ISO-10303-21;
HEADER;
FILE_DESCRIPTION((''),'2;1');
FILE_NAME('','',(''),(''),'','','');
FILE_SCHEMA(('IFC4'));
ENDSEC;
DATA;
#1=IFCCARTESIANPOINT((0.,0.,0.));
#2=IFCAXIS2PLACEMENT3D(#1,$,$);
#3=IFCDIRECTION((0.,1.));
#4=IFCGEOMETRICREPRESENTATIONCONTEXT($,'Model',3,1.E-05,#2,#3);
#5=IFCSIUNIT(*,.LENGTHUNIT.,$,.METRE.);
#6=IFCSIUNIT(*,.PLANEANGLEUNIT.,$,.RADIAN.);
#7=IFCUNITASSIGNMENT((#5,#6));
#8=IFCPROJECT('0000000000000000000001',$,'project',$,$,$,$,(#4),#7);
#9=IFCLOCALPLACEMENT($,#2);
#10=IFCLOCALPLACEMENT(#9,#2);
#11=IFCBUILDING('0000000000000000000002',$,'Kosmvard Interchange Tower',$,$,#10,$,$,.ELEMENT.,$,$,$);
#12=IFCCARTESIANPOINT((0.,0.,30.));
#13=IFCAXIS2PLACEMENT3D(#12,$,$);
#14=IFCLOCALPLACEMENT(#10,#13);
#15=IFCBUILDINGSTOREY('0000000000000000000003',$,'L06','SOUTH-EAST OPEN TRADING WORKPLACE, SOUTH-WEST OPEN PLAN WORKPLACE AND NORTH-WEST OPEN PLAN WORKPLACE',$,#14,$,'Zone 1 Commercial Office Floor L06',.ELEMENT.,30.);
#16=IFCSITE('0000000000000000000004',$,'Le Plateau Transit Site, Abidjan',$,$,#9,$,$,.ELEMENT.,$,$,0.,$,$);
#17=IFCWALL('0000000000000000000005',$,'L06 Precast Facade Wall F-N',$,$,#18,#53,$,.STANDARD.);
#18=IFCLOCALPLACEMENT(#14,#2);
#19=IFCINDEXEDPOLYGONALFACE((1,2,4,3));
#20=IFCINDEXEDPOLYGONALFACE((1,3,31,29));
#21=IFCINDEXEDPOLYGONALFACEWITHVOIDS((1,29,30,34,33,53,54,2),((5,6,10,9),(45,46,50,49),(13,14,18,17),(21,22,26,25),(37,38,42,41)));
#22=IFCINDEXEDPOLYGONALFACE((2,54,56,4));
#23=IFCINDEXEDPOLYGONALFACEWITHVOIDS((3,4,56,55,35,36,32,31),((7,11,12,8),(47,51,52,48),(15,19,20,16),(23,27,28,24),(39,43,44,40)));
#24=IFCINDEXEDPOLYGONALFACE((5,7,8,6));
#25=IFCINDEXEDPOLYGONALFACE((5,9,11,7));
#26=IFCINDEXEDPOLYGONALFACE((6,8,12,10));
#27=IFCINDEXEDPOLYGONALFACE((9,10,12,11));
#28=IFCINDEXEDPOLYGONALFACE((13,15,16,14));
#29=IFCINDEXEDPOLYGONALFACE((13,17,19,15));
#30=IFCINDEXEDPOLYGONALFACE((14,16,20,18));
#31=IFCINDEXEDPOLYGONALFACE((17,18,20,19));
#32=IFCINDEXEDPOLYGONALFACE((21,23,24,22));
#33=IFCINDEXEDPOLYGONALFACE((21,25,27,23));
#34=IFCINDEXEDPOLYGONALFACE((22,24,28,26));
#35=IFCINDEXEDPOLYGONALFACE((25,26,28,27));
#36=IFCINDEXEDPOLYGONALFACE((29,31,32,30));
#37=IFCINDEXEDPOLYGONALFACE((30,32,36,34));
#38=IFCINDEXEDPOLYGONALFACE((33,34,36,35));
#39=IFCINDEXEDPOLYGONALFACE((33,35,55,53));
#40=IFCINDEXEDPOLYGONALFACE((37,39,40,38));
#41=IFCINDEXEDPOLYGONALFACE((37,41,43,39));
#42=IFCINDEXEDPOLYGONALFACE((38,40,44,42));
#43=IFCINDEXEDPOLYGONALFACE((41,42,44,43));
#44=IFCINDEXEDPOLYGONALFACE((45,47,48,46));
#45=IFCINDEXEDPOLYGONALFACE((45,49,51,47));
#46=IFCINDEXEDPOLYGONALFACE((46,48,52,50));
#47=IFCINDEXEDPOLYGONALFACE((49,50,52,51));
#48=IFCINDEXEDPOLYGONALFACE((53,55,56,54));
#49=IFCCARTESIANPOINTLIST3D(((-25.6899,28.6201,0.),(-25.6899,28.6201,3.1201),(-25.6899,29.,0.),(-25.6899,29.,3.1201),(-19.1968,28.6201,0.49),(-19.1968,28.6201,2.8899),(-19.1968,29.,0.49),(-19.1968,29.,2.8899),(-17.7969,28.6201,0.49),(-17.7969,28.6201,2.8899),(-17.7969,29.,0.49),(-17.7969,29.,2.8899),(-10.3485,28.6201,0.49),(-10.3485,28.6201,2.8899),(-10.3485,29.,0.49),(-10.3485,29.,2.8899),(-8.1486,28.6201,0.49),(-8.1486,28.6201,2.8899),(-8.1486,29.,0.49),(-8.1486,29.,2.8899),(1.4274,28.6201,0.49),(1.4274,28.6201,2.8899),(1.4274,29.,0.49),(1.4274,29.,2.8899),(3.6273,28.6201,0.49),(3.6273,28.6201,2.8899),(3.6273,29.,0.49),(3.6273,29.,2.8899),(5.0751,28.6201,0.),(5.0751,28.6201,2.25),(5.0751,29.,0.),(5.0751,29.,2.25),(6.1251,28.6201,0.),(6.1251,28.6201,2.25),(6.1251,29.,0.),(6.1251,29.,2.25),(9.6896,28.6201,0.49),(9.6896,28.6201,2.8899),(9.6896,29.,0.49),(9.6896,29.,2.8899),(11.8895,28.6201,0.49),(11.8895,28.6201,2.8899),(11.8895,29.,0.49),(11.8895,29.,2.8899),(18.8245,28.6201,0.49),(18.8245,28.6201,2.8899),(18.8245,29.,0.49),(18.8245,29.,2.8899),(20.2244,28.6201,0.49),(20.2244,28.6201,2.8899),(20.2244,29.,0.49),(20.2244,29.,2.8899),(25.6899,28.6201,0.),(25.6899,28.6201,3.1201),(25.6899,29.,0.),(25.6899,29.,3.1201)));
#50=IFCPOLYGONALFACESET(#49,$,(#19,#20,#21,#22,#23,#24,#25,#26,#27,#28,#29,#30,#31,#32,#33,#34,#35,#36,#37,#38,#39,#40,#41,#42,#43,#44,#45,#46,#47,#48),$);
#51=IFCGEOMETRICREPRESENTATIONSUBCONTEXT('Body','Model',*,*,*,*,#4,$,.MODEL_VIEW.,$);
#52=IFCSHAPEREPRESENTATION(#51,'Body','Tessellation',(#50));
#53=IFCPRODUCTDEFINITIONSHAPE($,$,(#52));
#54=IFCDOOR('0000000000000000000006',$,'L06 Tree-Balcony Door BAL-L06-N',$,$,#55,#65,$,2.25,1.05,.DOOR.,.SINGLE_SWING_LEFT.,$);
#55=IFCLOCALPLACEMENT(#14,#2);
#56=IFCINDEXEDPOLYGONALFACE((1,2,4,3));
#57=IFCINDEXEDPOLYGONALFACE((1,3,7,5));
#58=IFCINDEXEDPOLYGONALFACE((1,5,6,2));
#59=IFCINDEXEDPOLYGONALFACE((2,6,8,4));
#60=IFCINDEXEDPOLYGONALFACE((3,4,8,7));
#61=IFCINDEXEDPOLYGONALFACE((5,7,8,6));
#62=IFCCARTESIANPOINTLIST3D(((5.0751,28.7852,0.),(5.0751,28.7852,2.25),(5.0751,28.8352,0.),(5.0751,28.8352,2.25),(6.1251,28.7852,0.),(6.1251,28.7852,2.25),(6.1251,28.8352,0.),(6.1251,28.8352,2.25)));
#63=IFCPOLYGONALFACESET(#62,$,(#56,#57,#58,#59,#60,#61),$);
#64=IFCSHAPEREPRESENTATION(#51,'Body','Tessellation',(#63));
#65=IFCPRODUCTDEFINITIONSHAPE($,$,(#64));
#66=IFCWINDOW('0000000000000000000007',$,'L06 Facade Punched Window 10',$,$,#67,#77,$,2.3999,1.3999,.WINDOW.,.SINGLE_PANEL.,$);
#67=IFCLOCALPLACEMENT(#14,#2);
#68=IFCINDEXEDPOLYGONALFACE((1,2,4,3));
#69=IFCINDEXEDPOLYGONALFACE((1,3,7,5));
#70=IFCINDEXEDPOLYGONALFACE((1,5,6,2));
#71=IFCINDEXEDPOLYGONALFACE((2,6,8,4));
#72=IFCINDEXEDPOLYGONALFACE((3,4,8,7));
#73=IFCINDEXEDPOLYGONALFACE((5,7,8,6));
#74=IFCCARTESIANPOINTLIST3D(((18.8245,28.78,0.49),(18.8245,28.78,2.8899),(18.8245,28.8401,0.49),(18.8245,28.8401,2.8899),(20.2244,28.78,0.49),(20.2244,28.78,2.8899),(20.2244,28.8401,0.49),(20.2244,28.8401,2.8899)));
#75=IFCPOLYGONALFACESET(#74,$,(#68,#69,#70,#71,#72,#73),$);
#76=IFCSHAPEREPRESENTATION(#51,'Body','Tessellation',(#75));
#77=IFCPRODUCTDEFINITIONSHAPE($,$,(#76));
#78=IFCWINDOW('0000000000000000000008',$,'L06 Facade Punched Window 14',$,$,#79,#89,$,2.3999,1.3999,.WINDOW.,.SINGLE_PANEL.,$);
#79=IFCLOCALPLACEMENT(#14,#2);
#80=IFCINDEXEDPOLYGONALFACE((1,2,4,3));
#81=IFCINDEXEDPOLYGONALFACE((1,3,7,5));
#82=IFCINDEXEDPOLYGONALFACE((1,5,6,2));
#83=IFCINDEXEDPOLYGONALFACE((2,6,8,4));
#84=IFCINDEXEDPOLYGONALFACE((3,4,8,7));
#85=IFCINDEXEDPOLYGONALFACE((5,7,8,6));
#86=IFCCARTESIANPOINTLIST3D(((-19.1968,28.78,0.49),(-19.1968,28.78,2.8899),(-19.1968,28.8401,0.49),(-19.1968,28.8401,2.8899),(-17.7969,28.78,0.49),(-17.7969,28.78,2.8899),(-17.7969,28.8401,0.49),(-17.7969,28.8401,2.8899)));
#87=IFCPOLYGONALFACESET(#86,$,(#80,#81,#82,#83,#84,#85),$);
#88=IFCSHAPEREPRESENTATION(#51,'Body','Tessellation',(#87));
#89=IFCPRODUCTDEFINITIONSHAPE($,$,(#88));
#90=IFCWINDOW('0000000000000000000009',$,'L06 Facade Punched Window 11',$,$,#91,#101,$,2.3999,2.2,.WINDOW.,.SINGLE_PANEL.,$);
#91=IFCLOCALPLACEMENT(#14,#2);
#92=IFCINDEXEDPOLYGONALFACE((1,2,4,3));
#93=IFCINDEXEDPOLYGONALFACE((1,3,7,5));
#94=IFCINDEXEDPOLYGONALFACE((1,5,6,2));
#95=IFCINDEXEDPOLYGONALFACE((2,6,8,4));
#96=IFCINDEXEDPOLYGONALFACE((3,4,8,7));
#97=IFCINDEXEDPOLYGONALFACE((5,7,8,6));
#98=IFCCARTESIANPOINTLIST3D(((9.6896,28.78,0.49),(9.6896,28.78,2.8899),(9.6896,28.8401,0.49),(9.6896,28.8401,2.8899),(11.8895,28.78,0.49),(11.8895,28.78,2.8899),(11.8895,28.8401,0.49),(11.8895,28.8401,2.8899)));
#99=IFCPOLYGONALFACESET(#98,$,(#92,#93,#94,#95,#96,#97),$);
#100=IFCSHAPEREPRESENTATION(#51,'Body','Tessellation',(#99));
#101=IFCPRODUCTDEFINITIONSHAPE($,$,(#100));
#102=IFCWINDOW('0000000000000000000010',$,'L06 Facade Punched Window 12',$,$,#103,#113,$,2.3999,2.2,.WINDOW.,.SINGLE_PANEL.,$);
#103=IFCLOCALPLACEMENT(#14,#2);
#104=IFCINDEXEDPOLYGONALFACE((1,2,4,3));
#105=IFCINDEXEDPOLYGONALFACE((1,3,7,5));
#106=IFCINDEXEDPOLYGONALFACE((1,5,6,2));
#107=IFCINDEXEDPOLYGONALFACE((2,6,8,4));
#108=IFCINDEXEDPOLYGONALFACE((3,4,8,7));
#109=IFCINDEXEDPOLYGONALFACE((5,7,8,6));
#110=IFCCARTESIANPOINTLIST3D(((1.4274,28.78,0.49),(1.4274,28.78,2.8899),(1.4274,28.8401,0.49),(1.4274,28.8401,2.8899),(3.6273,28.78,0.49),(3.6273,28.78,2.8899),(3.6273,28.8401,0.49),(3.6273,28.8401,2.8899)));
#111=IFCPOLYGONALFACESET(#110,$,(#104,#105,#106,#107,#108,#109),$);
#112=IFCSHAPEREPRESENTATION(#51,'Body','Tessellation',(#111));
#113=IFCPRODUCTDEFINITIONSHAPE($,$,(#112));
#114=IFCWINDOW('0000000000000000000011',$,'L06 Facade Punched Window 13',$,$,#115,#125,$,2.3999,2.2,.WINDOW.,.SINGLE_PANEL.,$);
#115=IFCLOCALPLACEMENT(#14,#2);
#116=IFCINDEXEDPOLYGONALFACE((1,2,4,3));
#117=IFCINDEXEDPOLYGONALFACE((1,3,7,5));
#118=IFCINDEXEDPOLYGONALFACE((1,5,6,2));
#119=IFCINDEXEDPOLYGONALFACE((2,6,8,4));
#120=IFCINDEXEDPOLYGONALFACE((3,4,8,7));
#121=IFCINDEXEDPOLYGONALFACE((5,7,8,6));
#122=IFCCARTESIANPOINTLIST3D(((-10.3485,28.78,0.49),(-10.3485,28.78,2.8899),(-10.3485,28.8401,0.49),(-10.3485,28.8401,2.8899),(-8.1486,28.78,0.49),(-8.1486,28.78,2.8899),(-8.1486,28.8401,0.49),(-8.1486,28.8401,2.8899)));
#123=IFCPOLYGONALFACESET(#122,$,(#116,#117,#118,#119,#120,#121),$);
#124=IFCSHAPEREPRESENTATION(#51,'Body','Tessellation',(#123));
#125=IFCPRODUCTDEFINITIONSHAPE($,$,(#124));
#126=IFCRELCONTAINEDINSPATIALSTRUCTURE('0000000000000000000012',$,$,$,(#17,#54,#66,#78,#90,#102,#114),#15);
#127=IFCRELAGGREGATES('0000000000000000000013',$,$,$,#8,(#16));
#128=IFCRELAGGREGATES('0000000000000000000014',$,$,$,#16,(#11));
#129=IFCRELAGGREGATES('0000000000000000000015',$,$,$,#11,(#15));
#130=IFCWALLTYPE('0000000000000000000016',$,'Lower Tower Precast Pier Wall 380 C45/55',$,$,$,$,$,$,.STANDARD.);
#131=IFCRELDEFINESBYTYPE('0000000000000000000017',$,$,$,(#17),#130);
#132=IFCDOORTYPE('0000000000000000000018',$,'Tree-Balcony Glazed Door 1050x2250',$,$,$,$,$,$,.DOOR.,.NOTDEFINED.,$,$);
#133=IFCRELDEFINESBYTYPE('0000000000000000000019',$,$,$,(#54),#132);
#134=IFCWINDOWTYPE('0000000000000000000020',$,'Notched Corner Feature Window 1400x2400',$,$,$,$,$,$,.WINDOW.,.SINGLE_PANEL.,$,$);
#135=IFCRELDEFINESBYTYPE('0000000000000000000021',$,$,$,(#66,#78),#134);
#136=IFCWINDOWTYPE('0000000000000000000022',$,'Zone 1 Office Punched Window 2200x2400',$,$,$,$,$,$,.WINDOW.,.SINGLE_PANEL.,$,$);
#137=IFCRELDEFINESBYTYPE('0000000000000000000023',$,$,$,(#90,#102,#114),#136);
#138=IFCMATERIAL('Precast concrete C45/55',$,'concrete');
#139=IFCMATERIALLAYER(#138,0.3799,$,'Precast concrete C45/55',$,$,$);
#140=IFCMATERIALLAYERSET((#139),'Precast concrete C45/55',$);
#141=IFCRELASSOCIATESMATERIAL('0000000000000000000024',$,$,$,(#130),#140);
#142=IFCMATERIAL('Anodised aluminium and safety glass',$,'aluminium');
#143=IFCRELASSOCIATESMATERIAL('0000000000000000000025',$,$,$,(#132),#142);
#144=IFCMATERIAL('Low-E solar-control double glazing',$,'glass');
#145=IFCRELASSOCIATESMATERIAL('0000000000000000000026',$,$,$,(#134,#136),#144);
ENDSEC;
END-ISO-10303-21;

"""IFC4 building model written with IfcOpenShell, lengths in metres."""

from ifc_helpers import new_model, si_unit, direction, frame, frame_2d, origin, place, context, subcontext, project, spatial, rectangle, extrude, source, transform, mapped, material, layer, layer_set, type_object, element, fill, save


model = new_model("IFC4")

# Units and contexts
model_context = context("Model", 3, precision=1e-05, world=origin(), true_north=direction((0.0, 1.0)))
body_context = subcontext(model_context, "Body", "Model", "MODEL_VIEW")
ifc_project = project(units=[si_unit("LENGTHUNIT", "METRE"), si_unit("PLANEANGLEUNIT", "RADIAN")], contexts=[model_context])

# Site, building, storey
site_placement = place(None, origin())
site = spatial("IfcSite", under=ifc_project, at=site_placement, Name="Le Plateau Transit Site, Abidjan", CompositionType="ELEMENT", RefElevation=0.0)
building_placement = place(site_placement, origin())
building = spatial("IfcBuilding", under=site, at=building_placement, Name="Kosmvard Interchange Tower", CompositionType="ELEMENT")
storey_placement = place(building_placement, frame((0.0, 0.0, 30.0)))
storey = spatial("IfcBuildingStorey", under=building, at=storey_placement, Name="L06", Description="SOUTH-EAST OPEN TRADING WORKPLACE, SOUTH-WEST OPEN PLAN WORKPLACE AND NORTH-WEST OPEN PLAN WORKPLACE", LongName="Zone 1 Commercial Office Floor L06", CompositionType="ELEMENT", Elevation=30.0)

# Shared definitions
ifc_material_1 = material(Name="Precast concrete C45/55", Category="concrete")

# Shared definitions
ifc_layer_1 = layer(ifc_material_1, 0.3799, Name="Precast concrete C45/55")
ifc_layer_set_1 = layer_set([ifc_layer_1], Name="Precast concrete C45/55")
wall_type = type_object("IfcWallType", Name="Lower Tower Precast Pier Wall 380 C45/55", PredefinedType="STANDARD", material=ifc_layer_set_1)

# Wall, openings, door, windows
wall_1_placement = place(storey_placement, frame((25.6899, 28.8101, 0.0), z_axis=(0.0, 0.0, 1.0), x_axis=(-1.0, 0.0, 0.0)))
wall_1 = element("IfcWall", 1, at=wall_1_placement, inside=storey, type_object=wall_type, Name="L06 Precast Facade Wall F-N", PredefinedType="STANDARD", context=body_context, shape_type="SweptSolid", body=[
    extrude(rectangle(XDim=51.3799, YDim=0.3799, at=frame_2d((25.6899, 0.0))), origin(), (0.0, 0.0, 1.0), 3.1201),
])
opening_1_placement = place(wall_1_placement, frame((19.5649, 0.0, 0.0)))
opening_1 = element("IfcOpeningElement", 2, at=opening_1_placement, cuts=wall_1, PredefinedType="OPENING", context=body_context, shape_type="SweptSolid", body=[
    extrude(rectangle(XDim=1.05, YDim=2.25, at=frame_2d((0.5249, 1.125))), frame((0.0, 0.2, 0.0), z_axis=(0.0, -1.0, 0.0), x_axis=(1.0, 0.0, 0.0)), (0.0, 0.0, 1.0), 0.3999),
])
opening_2_placement = place(wall_1_placement, frame((5.4656, 0.0, 0.49)))
opening_2 = element("IfcOpeningElement", 3, at=opening_2_placement, cuts=wall_1, PredefinedType="OPENING", context=body_context, shape_type="SweptSolid", body=[
    extrude(rectangle(XDim=1.3999, YDim=2.3999, at=frame_2d((0.7, 1.2))), frame((0.0, 0.2, 0.0), z_axis=(0.0, -1.0, 0.0), x_axis=(1.0, 0.0, 0.0)), (0.0, 0.0, 1.0), 0.3999),
])
opening_3_placement = place(wall_1_placement, frame((13.8003, 0.0, 0.49)))
opening_3 = element("IfcOpeningElement", 4, at=opening_3_placement, cuts=wall_1, PredefinedType="OPENING", context=body_context, shape_type="SweptSolid", body=[
    extrude(rectangle(XDim=2.2, YDim=2.3999, at=frame_2d((1.1001, 1.2))), frame((0.0, 0.2, 0.0), z_axis=(0.0, -1.0, 0.0), x_axis=(1.0, 0.0, 0.0)), (0.0, 0.0, 1.0), 0.3999),
])
opening_4_placement = place(wall_1_placement, frame((22.0625, 0.0, 0.49)))
opening_4 = element("IfcOpeningElement", 5, at=opening_4_placement, cuts=wall_1, PredefinedType="OPENING", context=body_context, shape_type="SweptSolid", body=[
    extrude(rectangle(XDim=2.2, YDim=2.3999, at=frame_2d((1.1001, 1.2))), frame((0.0, 0.2, 0.0), z_axis=(0.0, -1.0, 0.0), x_axis=(1.0, 0.0, 0.0)), (0.0, 0.0, 1.0), 0.3999),
])
opening_5_placement = place(wall_1_placement, frame((33.8384, 0.0, 0.49)))
opening_5 = element("IfcOpeningElement", 6, at=opening_5_placement, cuts=wall_1, PredefinedType="OPENING", context=body_context, shape_type="SweptSolid", body=[
    extrude(rectangle(XDim=2.2, YDim=2.3999, at=frame_2d((1.1001, 1.2))), frame((0.0, 0.2, 0.0), z_axis=(0.0, -1.0, 0.0), x_axis=(1.0, 0.0, 0.0)), (0.0, 0.0, 1.0), 0.3999),
])
opening_6_placement = place(wall_1_placement, frame((43.4868, 0.0, 0.49)))
opening_6 = element("IfcOpeningElement", 7, at=opening_6_placement, cuts=wall_1, PredefinedType="OPENING", context=body_context, shape_type="SweptSolid", body=[
    extrude(rectangle(XDim=1.3999, YDim=2.3999, at=frame_2d((0.7, 1.2))), frame((0.0, 0.2, 0.0), z_axis=(0.0, -1.0, 0.0), x_axis=(1.0, 0.0, 0.0)), (0.0, 0.0, 1.0), 0.3999),
])
ifc_material_2 = material(Name="Anodised aluminium and safety glass", Category="aluminium")
door_type = type_object("IfcDoorType", Name="Tree-Balcony Glazed Door 1050x2250", OperationType="NOTDEFINED", PredefinedType="DOOR", material=ifc_material_2)
shared_shape_1 = source(origin(), body_context, "Body", "SweptSolid", [
    extrude(rectangle(XDim=1.05, YDim=2.25, at=frame_2d((0.5249, 1.125))), frame((0.0, 0.0249, 0.0), z_axis=(0.0, -1.0, 0.0), x_axis=(1.0, 0.0, 0.0)), (0.0, 0.0, 1.0), 0.05),
])
door_placement = place(opening_1_placement, origin())
door = element("IfcDoor", 8, at=door_placement, inside=storey, type_object=door_type, Name="L06 Tree-Balcony Door BAL-L06-N", OperationType="SINGLE_SWING_LEFT", OverallHeight=2.25, OverallWidth=1.05, PredefinedType="DOOR", context=body_context, shape_type="MappedRepresentation", body=[
    mapped(shared_shape_1, transform((0.0, 0.0, 0.0), scale=1.0)),
])
fill(opening_1, door)
ifc_material_3 = material(Name="Low-E solar-control double glazing", Category="glass")
window_type_1 = type_object("IfcWindowType", Name="Notched Corner Feature Window 1400x2400", PartitioningType="SINGLE_PANEL", PredefinedType="WINDOW", material=ifc_material_3)
shared_shape_2 = source(origin(), body_context, "Body", "SweptSolid", [
    extrude(rectangle(XDim=1.3999, YDim=2.3999, at=frame_2d((0.7, 1.2))), frame((0.0, 0.03, 0.0), z_axis=(0.0, -1.0, 0.0), x_axis=(1.0, 0.0, 0.0)), (0.0, 0.0, 1.0), 0.0601),
])
window_1_placement = place(opening_2_placement, origin())
window_1 = element("IfcWindow", 9, at=window_1_placement, inside=storey, type_object=window_type_1, Name="L06 Facade Punched Window 10", OverallHeight=2.3999, OverallWidth=1.3999, PartitioningType="SINGLE_PANEL", PredefinedType="WINDOW", context=body_context, shape_type="MappedRepresentation", body=[
    mapped(shared_shape_2, transform((0.0, 0.0, 0.0), scale=1.0)),
])
fill(opening_2, window_1)
window_2_placement = place(opening_6_placement, origin())
window_2 = element("IfcWindow", 10, at=window_2_placement, inside=storey, type_object=window_type_1, Name="L06 Facade Punched Window 14", OverallHeight=2.3999, OverallWidth=1.3999, PartitioningType="SINGLE_PANEL", PredefinedType="WINDOW", context=body_context, shape_type="MappedRepresentation", body=[
    mapped(shared_shape_2, transform((0.0, 0.0, 0.0), scale=1.0)),
])
fill(opening_6, window_2)
window_type_2 = type_object("IfcWindowType", Name="Zone 1 Office Punched Window 2200x2400", PartitioningType="SINGLE_PANEL", PredefinedType="WINDOW", material=ifc_material_3)
shared_shape_3 = source(origin(), body_context, "Body", "SweptSolid", [
    extrude(rectangle(XDim=2.2, YDim=2.3999, at=frame_2d((1.1001, 1.2))), frame((0.0, 0.03, 0.0), z_axis=(0.0, -1.0, 0.0), x_axis=(1.0, 0.0, 0.0)), (0.0, 0.0, 1.0), 0.0601),
])
window_3_placement = place(opening_3_placement, origin())
window_3 = element("IfcWindow", 11, at=window_3_placement, inside=storey, type_object=window_type_2, Name="L06 Facade Punched Window 11", OverallHeight=2.3999, OverallWidth=2.2, PartitioningType="SINGLE_PANEL", PredefinedType="WINDOW", context=body_context, shape_type="MappedRepresentation", body=[
    mapped(shared_shape_3, transform((0.0, 0.0, 0.0), scale=1.0)),
])
fill(opening_3, window_3)
window_4_placement = place(opening_4_placement, origin())
window_4 = element("IfcWindow", 12, at=window_4_placement, inside=storey, type_object=window_type_2, Name="L06 Facade Punched Window 12", OverallHeight=2.3999, OverallWidth=2.2, PartitioningType="SINGLE_PANEL", PredefinedType="WINDOW", context=body_context, shape_type="MappedRepresentation", body=[
    mapped(shared_shape_3, transform((0.0, 0.0, 0.0), scale=1.0)),
])
fill(opening_4, window_4)
window_5_placement = place(opening_5_placement, origin())
window_5 = element("IfcWindow", 13, at=window_5_placement, inside=storey, type_object=window_type_2, Name="L06 Facade Punched Window 13", OverallHeight=2.3999, OverallWidth=2.2, PartitioningType="SINGLE_PANEL", PredefinedType="WINDOW", context=body_context, shape_type="MappedRepresentation", body=[
    mapped(shared_shape_3, transform((0.0, 0.0, 0.0), scale=1.0)),
])
fill(opening_5, window_5)

save(model, "model.ifc")
